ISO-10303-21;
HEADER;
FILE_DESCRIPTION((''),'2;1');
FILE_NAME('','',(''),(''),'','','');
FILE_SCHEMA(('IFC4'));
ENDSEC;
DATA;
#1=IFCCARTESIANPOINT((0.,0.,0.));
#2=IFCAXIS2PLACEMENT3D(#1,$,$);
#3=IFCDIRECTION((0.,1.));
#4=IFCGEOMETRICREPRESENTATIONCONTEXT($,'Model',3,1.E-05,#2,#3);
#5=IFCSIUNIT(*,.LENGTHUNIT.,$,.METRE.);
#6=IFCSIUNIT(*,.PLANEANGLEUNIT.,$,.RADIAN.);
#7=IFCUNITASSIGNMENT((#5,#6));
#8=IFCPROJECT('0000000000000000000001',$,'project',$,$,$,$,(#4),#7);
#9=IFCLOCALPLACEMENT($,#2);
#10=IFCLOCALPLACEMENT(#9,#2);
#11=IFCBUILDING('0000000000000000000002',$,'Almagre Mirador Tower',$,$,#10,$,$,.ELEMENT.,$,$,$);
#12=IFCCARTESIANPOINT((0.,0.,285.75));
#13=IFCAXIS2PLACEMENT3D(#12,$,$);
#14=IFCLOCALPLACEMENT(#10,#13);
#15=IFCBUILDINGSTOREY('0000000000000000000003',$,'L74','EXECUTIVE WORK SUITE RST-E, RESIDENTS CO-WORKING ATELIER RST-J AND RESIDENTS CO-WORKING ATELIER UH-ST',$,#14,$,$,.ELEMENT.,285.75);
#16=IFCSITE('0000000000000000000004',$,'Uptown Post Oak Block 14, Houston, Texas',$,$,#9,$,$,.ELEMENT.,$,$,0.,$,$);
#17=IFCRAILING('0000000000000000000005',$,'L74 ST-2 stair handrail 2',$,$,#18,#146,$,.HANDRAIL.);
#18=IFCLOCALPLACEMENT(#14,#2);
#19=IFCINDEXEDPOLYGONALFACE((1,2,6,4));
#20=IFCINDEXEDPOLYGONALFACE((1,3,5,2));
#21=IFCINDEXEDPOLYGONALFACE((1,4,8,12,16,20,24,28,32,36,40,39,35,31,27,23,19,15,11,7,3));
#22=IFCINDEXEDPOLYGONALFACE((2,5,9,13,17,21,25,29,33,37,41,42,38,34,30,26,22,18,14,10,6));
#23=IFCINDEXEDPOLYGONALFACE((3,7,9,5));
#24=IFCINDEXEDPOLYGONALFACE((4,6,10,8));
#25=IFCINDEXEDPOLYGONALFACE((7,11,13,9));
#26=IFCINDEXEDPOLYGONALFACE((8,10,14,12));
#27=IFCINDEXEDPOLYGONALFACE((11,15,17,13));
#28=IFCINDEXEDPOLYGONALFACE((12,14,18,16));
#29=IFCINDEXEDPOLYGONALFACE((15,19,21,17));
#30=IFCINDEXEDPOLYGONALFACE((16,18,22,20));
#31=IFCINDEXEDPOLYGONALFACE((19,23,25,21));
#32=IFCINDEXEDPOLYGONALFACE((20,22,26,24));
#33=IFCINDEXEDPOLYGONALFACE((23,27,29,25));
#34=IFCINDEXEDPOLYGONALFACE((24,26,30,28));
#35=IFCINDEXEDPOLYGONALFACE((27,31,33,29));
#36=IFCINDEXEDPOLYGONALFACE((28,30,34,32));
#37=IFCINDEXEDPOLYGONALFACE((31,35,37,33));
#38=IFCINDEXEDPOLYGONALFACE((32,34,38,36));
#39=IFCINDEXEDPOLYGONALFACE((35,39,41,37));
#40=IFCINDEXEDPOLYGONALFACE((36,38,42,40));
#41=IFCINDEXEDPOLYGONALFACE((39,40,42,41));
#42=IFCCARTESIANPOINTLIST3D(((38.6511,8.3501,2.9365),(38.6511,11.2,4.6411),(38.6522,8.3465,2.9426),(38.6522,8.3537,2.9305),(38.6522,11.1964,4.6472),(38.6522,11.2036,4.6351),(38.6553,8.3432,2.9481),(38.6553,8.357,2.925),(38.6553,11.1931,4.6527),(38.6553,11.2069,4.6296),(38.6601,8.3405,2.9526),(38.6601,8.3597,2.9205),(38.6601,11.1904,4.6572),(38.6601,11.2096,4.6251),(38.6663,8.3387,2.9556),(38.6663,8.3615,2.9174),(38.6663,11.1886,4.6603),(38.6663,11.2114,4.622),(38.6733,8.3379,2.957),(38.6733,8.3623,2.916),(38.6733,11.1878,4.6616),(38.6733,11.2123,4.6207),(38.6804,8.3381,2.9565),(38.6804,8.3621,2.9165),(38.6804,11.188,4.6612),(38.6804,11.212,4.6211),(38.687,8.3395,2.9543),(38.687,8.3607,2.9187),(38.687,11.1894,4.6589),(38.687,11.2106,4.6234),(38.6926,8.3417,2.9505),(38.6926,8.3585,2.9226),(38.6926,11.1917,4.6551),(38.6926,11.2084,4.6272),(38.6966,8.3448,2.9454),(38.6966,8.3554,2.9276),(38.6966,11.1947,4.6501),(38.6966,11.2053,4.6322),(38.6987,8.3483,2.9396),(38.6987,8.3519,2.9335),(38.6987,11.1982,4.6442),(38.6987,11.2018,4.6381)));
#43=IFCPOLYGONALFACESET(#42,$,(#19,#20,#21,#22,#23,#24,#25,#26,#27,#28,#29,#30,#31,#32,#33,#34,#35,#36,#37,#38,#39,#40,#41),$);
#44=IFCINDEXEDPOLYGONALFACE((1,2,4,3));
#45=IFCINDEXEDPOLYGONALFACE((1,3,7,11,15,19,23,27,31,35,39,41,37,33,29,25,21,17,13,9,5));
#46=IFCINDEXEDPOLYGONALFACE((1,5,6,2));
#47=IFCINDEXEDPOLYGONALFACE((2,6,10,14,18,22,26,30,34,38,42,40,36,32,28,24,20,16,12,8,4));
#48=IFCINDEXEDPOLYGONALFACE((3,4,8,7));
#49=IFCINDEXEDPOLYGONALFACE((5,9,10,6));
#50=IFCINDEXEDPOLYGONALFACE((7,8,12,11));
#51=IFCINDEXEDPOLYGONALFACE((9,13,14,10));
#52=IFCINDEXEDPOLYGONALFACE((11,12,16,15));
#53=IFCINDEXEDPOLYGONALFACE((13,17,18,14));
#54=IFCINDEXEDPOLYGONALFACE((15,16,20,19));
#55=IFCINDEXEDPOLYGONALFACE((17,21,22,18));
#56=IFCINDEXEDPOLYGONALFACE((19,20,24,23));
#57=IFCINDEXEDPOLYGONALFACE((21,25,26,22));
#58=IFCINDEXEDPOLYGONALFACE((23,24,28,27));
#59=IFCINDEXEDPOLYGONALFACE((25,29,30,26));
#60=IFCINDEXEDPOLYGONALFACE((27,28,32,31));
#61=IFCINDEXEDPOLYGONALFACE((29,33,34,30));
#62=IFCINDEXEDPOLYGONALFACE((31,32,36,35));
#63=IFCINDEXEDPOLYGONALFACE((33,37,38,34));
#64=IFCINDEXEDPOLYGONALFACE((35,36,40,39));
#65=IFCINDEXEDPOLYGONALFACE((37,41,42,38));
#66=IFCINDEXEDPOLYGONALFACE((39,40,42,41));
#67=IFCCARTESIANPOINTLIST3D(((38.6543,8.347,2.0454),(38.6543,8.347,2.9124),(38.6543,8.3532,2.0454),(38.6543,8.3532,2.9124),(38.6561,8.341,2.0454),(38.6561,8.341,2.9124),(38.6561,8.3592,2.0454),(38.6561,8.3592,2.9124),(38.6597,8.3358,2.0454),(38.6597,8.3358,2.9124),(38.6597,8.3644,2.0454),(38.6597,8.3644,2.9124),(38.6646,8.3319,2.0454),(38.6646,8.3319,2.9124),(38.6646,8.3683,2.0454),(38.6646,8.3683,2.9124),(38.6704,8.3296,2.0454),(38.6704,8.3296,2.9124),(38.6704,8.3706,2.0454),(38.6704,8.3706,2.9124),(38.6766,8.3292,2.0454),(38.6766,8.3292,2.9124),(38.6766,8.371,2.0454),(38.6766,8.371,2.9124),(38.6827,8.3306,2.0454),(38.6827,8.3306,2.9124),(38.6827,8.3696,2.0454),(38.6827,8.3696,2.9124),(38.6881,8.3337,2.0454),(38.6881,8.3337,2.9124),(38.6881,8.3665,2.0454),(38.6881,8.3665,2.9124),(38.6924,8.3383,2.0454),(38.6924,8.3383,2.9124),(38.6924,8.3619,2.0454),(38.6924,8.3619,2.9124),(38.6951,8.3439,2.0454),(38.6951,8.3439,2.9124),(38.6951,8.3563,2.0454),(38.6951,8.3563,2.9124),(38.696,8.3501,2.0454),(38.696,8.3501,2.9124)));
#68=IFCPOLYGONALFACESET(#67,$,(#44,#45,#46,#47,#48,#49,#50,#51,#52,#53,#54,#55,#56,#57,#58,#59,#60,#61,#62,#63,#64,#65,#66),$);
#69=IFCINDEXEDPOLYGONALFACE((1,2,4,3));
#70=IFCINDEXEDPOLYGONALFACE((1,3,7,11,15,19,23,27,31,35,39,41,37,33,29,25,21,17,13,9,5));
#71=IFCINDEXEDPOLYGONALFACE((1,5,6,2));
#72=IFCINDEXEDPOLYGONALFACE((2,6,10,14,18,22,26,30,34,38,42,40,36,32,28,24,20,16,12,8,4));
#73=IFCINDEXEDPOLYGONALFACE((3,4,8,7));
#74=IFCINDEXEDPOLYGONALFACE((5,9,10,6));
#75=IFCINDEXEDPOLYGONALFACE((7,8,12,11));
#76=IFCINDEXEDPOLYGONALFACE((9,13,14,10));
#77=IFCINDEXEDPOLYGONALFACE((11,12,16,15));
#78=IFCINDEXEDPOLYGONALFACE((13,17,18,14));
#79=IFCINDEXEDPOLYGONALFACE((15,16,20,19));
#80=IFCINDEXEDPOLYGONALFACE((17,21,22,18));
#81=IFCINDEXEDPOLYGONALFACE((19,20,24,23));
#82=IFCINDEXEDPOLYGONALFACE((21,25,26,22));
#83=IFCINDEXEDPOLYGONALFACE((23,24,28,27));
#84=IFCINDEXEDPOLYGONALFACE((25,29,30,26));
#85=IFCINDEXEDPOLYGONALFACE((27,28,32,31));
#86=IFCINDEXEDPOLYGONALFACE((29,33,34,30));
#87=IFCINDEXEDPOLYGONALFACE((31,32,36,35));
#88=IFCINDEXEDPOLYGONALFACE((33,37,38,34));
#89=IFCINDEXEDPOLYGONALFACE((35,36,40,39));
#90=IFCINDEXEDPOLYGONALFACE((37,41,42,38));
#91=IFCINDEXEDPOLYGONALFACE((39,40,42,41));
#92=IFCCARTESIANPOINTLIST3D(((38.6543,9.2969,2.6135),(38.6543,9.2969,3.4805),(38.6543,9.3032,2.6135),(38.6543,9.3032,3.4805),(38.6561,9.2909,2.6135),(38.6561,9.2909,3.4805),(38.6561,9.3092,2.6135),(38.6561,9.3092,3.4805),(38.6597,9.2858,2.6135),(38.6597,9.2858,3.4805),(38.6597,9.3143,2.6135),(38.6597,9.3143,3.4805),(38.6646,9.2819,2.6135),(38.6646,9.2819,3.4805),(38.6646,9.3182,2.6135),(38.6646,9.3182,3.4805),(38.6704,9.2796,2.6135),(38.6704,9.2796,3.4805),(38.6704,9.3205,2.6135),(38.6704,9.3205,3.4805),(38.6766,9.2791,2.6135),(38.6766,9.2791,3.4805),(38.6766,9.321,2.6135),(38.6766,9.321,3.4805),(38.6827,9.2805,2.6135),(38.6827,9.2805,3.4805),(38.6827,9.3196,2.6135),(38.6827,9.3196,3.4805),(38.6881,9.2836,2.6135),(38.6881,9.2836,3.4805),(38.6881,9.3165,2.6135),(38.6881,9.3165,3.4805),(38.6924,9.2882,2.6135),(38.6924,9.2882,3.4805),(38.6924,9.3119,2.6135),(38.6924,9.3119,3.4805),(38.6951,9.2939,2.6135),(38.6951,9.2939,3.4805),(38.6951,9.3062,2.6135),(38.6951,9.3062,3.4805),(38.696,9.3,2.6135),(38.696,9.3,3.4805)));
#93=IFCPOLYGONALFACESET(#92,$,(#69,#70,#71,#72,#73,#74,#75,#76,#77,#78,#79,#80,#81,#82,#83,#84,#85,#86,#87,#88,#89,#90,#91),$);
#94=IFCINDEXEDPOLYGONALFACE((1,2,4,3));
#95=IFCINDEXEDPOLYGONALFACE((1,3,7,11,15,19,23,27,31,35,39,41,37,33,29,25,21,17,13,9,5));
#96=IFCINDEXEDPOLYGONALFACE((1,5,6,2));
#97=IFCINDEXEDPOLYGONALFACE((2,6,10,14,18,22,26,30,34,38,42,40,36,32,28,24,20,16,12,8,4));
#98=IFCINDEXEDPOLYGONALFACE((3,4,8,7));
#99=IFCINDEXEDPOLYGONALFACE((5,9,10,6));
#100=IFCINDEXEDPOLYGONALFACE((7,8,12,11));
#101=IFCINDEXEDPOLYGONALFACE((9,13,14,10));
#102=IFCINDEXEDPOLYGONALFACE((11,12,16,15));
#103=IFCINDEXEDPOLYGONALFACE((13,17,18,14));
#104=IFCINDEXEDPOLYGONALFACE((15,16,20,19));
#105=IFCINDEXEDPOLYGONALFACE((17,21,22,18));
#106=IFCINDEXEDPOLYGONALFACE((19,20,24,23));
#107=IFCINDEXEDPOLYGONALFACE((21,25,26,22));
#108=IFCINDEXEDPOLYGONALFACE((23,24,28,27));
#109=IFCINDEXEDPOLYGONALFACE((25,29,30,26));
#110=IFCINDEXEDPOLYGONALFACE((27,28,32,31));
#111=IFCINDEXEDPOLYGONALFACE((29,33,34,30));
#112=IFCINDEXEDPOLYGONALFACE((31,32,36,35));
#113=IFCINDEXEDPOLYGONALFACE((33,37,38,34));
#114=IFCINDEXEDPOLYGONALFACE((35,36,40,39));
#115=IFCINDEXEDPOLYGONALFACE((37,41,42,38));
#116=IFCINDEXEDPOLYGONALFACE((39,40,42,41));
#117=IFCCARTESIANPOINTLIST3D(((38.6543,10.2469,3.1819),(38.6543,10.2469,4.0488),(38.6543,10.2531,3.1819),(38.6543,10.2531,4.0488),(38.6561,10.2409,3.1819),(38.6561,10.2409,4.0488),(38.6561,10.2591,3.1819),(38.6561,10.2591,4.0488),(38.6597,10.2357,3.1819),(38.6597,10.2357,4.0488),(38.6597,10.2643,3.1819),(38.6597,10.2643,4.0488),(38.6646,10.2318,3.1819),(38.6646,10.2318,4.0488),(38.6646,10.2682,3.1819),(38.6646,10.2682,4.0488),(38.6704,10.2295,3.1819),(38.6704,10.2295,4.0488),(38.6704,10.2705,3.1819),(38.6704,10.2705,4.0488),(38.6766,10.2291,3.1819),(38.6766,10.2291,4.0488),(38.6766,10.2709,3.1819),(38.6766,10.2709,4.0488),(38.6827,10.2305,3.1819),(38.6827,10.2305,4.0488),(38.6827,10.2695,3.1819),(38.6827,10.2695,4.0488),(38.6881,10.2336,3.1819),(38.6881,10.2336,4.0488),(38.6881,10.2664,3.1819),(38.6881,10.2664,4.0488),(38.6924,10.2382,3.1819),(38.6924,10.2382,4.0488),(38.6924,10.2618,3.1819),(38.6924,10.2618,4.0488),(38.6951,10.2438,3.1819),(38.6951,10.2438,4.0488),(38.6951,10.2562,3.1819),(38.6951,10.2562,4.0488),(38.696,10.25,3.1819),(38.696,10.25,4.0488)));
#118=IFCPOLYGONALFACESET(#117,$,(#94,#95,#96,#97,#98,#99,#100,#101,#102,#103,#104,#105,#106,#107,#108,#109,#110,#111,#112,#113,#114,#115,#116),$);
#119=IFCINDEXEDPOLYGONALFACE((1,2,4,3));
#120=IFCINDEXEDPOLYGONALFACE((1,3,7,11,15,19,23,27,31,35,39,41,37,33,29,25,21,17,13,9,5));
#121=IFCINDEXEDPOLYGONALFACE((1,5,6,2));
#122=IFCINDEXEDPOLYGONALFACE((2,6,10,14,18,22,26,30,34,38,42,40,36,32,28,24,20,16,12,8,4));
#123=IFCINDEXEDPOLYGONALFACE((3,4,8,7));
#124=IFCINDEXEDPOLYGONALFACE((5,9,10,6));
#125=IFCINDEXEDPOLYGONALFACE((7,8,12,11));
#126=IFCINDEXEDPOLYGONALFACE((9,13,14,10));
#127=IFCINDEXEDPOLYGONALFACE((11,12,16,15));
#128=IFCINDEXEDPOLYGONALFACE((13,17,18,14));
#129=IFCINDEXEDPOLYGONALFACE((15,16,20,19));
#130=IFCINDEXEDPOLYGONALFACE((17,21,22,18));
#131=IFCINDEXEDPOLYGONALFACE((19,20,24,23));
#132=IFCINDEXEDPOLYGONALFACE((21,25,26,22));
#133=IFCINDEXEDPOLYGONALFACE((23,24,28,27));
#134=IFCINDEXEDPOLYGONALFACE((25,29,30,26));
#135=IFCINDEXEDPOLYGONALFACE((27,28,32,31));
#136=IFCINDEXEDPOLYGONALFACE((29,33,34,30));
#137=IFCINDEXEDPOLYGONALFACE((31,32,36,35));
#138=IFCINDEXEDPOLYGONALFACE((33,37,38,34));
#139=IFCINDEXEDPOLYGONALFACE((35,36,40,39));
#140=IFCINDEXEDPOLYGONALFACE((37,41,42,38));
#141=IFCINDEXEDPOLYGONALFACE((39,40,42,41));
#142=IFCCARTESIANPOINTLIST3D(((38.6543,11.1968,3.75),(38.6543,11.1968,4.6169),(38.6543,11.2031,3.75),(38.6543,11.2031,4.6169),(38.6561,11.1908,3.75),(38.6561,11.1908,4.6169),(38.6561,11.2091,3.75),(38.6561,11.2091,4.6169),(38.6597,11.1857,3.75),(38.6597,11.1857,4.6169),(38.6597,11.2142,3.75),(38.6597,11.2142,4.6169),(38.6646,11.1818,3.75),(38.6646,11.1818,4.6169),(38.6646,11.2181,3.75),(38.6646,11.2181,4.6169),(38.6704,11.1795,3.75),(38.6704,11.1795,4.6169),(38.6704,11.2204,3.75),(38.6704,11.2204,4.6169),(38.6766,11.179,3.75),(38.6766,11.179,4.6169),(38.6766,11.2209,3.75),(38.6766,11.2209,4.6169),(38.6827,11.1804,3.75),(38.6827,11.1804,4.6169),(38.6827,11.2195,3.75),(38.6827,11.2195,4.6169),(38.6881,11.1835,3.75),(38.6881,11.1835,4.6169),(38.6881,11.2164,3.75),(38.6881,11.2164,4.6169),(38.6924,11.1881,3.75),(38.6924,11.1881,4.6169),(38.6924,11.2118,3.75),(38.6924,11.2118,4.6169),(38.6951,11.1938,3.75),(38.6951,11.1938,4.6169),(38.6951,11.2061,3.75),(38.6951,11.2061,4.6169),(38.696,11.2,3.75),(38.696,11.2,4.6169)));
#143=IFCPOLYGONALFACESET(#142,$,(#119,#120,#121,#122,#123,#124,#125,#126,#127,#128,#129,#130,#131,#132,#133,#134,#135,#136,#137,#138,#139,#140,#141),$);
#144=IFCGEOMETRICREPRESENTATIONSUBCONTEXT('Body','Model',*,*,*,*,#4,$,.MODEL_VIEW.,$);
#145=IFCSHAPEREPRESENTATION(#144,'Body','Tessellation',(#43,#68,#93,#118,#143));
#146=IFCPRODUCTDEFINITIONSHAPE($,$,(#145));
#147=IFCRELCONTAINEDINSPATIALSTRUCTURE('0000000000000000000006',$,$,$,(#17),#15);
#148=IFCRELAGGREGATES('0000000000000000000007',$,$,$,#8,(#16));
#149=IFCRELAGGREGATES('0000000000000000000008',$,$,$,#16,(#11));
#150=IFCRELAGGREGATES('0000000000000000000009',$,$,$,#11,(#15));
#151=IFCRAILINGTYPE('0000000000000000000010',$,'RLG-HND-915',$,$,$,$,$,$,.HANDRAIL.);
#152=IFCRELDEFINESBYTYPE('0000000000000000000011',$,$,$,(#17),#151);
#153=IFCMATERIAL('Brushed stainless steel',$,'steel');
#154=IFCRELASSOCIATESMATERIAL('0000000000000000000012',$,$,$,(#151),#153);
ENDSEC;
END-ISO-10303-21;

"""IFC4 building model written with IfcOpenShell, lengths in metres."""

from ifc_helpers import new_model, si_unit, direction, frame, origin, origin_2d, place, context, subcontext, project, spatial, circle, extrude, material, type_object, element, save


model = new_model("IFC4")

# Units and contexts
model_context = context("Model", 3, precision=1e-05, world=origin(), true_north=direction((0.0, 1.0)))
body_context = subcontext(model_context, "Body", "Model", "MODEL_VIEW")
ifc_project = project(units=[si_unit("LENGTHUNIT", "METRE"), si_unit("PLANEANGLEUNIT", "RADIAN")], contexts=[model_context])

# Site, building, storey
site_placement = place(None, origin())
site = spatial("IfcSite", under=ifc_project, at=site_placement, Name="Uptown Post Oak Block 14, Houston, Texas", CompositionType="ELEMENT", RefElevation=0.0)
building_placement = place(site_placement, origin())
building = spatial("IfcBuilding", under=site, at=building_placement, Name="Almagre Mirador Tower", CompositionType="ELEMENT")
storey_placement = place(building_placement, frame((0.0, 0.0, 285.75)))
storey = spatial("IfcBuildingStorey", under=building, at=storey_placement, Name="L74", Description="EXECUTIVE WORK SUITE RST-E, RESIDENTS CO-WORKING ATELIER RST-J AND RESIDENTS CO-WORKING ATELIER UH-ST", CompositionType="ELEMENT", Elevation=285.75)

# Railing
ifc_material_1 = material(Name="Brushed stainless steel", Category="steel")
railing_type_1 = type_object("IfcRailingType", Name="RLG-HND-915", PredefinedType="HANDRAIL", material=ifc_material_1)
railing_1_placement = place(storey_placement, frame((38.675, 8.3501, 2.0454)))
element("IfcRailing", 1, at=railing_1_placement, inside=storey, type_object=railing_type_1, Name="L74 ST-2 stair handrail 2", PredefinedType="HANDRAIL", context=body_context, shape_type="SweptSolid", body=[
    extrude(circle(Radius=0.0239, at=origin_2d()), frame((0.0, 0.0, 0.8911), z_axis=(0.0, 0.858199, 0.513317), x_axis=(-1.0, 0.0, 0.0)), (0.0, 0.0, 1.0), 3.3208),
    extrude(circle(Radius=0.021, at=origin_2d()), origin(), (0.0, 0.0, 1.0), 0.8669),
    extrude(circle(Radius=0.021, at=origin_2d()), frame((0.0, 0.95, 0.5681)), (0.0, 0.0, 1.0), 0.8669),
    extrude(circle(Radius=0.021, at=origin_2d()), frame((0.0, 1.8999, 1.1365)), (0.0, 0.0, 1.0), 0.8669),
    extrude(circle(Radius=0.021, at=origin_2d()), frame((0.0, 2.8499, 1.7046)), (0.0, 0.0, 1.0), 0.8669),
])

save(model, "model.ifc")
